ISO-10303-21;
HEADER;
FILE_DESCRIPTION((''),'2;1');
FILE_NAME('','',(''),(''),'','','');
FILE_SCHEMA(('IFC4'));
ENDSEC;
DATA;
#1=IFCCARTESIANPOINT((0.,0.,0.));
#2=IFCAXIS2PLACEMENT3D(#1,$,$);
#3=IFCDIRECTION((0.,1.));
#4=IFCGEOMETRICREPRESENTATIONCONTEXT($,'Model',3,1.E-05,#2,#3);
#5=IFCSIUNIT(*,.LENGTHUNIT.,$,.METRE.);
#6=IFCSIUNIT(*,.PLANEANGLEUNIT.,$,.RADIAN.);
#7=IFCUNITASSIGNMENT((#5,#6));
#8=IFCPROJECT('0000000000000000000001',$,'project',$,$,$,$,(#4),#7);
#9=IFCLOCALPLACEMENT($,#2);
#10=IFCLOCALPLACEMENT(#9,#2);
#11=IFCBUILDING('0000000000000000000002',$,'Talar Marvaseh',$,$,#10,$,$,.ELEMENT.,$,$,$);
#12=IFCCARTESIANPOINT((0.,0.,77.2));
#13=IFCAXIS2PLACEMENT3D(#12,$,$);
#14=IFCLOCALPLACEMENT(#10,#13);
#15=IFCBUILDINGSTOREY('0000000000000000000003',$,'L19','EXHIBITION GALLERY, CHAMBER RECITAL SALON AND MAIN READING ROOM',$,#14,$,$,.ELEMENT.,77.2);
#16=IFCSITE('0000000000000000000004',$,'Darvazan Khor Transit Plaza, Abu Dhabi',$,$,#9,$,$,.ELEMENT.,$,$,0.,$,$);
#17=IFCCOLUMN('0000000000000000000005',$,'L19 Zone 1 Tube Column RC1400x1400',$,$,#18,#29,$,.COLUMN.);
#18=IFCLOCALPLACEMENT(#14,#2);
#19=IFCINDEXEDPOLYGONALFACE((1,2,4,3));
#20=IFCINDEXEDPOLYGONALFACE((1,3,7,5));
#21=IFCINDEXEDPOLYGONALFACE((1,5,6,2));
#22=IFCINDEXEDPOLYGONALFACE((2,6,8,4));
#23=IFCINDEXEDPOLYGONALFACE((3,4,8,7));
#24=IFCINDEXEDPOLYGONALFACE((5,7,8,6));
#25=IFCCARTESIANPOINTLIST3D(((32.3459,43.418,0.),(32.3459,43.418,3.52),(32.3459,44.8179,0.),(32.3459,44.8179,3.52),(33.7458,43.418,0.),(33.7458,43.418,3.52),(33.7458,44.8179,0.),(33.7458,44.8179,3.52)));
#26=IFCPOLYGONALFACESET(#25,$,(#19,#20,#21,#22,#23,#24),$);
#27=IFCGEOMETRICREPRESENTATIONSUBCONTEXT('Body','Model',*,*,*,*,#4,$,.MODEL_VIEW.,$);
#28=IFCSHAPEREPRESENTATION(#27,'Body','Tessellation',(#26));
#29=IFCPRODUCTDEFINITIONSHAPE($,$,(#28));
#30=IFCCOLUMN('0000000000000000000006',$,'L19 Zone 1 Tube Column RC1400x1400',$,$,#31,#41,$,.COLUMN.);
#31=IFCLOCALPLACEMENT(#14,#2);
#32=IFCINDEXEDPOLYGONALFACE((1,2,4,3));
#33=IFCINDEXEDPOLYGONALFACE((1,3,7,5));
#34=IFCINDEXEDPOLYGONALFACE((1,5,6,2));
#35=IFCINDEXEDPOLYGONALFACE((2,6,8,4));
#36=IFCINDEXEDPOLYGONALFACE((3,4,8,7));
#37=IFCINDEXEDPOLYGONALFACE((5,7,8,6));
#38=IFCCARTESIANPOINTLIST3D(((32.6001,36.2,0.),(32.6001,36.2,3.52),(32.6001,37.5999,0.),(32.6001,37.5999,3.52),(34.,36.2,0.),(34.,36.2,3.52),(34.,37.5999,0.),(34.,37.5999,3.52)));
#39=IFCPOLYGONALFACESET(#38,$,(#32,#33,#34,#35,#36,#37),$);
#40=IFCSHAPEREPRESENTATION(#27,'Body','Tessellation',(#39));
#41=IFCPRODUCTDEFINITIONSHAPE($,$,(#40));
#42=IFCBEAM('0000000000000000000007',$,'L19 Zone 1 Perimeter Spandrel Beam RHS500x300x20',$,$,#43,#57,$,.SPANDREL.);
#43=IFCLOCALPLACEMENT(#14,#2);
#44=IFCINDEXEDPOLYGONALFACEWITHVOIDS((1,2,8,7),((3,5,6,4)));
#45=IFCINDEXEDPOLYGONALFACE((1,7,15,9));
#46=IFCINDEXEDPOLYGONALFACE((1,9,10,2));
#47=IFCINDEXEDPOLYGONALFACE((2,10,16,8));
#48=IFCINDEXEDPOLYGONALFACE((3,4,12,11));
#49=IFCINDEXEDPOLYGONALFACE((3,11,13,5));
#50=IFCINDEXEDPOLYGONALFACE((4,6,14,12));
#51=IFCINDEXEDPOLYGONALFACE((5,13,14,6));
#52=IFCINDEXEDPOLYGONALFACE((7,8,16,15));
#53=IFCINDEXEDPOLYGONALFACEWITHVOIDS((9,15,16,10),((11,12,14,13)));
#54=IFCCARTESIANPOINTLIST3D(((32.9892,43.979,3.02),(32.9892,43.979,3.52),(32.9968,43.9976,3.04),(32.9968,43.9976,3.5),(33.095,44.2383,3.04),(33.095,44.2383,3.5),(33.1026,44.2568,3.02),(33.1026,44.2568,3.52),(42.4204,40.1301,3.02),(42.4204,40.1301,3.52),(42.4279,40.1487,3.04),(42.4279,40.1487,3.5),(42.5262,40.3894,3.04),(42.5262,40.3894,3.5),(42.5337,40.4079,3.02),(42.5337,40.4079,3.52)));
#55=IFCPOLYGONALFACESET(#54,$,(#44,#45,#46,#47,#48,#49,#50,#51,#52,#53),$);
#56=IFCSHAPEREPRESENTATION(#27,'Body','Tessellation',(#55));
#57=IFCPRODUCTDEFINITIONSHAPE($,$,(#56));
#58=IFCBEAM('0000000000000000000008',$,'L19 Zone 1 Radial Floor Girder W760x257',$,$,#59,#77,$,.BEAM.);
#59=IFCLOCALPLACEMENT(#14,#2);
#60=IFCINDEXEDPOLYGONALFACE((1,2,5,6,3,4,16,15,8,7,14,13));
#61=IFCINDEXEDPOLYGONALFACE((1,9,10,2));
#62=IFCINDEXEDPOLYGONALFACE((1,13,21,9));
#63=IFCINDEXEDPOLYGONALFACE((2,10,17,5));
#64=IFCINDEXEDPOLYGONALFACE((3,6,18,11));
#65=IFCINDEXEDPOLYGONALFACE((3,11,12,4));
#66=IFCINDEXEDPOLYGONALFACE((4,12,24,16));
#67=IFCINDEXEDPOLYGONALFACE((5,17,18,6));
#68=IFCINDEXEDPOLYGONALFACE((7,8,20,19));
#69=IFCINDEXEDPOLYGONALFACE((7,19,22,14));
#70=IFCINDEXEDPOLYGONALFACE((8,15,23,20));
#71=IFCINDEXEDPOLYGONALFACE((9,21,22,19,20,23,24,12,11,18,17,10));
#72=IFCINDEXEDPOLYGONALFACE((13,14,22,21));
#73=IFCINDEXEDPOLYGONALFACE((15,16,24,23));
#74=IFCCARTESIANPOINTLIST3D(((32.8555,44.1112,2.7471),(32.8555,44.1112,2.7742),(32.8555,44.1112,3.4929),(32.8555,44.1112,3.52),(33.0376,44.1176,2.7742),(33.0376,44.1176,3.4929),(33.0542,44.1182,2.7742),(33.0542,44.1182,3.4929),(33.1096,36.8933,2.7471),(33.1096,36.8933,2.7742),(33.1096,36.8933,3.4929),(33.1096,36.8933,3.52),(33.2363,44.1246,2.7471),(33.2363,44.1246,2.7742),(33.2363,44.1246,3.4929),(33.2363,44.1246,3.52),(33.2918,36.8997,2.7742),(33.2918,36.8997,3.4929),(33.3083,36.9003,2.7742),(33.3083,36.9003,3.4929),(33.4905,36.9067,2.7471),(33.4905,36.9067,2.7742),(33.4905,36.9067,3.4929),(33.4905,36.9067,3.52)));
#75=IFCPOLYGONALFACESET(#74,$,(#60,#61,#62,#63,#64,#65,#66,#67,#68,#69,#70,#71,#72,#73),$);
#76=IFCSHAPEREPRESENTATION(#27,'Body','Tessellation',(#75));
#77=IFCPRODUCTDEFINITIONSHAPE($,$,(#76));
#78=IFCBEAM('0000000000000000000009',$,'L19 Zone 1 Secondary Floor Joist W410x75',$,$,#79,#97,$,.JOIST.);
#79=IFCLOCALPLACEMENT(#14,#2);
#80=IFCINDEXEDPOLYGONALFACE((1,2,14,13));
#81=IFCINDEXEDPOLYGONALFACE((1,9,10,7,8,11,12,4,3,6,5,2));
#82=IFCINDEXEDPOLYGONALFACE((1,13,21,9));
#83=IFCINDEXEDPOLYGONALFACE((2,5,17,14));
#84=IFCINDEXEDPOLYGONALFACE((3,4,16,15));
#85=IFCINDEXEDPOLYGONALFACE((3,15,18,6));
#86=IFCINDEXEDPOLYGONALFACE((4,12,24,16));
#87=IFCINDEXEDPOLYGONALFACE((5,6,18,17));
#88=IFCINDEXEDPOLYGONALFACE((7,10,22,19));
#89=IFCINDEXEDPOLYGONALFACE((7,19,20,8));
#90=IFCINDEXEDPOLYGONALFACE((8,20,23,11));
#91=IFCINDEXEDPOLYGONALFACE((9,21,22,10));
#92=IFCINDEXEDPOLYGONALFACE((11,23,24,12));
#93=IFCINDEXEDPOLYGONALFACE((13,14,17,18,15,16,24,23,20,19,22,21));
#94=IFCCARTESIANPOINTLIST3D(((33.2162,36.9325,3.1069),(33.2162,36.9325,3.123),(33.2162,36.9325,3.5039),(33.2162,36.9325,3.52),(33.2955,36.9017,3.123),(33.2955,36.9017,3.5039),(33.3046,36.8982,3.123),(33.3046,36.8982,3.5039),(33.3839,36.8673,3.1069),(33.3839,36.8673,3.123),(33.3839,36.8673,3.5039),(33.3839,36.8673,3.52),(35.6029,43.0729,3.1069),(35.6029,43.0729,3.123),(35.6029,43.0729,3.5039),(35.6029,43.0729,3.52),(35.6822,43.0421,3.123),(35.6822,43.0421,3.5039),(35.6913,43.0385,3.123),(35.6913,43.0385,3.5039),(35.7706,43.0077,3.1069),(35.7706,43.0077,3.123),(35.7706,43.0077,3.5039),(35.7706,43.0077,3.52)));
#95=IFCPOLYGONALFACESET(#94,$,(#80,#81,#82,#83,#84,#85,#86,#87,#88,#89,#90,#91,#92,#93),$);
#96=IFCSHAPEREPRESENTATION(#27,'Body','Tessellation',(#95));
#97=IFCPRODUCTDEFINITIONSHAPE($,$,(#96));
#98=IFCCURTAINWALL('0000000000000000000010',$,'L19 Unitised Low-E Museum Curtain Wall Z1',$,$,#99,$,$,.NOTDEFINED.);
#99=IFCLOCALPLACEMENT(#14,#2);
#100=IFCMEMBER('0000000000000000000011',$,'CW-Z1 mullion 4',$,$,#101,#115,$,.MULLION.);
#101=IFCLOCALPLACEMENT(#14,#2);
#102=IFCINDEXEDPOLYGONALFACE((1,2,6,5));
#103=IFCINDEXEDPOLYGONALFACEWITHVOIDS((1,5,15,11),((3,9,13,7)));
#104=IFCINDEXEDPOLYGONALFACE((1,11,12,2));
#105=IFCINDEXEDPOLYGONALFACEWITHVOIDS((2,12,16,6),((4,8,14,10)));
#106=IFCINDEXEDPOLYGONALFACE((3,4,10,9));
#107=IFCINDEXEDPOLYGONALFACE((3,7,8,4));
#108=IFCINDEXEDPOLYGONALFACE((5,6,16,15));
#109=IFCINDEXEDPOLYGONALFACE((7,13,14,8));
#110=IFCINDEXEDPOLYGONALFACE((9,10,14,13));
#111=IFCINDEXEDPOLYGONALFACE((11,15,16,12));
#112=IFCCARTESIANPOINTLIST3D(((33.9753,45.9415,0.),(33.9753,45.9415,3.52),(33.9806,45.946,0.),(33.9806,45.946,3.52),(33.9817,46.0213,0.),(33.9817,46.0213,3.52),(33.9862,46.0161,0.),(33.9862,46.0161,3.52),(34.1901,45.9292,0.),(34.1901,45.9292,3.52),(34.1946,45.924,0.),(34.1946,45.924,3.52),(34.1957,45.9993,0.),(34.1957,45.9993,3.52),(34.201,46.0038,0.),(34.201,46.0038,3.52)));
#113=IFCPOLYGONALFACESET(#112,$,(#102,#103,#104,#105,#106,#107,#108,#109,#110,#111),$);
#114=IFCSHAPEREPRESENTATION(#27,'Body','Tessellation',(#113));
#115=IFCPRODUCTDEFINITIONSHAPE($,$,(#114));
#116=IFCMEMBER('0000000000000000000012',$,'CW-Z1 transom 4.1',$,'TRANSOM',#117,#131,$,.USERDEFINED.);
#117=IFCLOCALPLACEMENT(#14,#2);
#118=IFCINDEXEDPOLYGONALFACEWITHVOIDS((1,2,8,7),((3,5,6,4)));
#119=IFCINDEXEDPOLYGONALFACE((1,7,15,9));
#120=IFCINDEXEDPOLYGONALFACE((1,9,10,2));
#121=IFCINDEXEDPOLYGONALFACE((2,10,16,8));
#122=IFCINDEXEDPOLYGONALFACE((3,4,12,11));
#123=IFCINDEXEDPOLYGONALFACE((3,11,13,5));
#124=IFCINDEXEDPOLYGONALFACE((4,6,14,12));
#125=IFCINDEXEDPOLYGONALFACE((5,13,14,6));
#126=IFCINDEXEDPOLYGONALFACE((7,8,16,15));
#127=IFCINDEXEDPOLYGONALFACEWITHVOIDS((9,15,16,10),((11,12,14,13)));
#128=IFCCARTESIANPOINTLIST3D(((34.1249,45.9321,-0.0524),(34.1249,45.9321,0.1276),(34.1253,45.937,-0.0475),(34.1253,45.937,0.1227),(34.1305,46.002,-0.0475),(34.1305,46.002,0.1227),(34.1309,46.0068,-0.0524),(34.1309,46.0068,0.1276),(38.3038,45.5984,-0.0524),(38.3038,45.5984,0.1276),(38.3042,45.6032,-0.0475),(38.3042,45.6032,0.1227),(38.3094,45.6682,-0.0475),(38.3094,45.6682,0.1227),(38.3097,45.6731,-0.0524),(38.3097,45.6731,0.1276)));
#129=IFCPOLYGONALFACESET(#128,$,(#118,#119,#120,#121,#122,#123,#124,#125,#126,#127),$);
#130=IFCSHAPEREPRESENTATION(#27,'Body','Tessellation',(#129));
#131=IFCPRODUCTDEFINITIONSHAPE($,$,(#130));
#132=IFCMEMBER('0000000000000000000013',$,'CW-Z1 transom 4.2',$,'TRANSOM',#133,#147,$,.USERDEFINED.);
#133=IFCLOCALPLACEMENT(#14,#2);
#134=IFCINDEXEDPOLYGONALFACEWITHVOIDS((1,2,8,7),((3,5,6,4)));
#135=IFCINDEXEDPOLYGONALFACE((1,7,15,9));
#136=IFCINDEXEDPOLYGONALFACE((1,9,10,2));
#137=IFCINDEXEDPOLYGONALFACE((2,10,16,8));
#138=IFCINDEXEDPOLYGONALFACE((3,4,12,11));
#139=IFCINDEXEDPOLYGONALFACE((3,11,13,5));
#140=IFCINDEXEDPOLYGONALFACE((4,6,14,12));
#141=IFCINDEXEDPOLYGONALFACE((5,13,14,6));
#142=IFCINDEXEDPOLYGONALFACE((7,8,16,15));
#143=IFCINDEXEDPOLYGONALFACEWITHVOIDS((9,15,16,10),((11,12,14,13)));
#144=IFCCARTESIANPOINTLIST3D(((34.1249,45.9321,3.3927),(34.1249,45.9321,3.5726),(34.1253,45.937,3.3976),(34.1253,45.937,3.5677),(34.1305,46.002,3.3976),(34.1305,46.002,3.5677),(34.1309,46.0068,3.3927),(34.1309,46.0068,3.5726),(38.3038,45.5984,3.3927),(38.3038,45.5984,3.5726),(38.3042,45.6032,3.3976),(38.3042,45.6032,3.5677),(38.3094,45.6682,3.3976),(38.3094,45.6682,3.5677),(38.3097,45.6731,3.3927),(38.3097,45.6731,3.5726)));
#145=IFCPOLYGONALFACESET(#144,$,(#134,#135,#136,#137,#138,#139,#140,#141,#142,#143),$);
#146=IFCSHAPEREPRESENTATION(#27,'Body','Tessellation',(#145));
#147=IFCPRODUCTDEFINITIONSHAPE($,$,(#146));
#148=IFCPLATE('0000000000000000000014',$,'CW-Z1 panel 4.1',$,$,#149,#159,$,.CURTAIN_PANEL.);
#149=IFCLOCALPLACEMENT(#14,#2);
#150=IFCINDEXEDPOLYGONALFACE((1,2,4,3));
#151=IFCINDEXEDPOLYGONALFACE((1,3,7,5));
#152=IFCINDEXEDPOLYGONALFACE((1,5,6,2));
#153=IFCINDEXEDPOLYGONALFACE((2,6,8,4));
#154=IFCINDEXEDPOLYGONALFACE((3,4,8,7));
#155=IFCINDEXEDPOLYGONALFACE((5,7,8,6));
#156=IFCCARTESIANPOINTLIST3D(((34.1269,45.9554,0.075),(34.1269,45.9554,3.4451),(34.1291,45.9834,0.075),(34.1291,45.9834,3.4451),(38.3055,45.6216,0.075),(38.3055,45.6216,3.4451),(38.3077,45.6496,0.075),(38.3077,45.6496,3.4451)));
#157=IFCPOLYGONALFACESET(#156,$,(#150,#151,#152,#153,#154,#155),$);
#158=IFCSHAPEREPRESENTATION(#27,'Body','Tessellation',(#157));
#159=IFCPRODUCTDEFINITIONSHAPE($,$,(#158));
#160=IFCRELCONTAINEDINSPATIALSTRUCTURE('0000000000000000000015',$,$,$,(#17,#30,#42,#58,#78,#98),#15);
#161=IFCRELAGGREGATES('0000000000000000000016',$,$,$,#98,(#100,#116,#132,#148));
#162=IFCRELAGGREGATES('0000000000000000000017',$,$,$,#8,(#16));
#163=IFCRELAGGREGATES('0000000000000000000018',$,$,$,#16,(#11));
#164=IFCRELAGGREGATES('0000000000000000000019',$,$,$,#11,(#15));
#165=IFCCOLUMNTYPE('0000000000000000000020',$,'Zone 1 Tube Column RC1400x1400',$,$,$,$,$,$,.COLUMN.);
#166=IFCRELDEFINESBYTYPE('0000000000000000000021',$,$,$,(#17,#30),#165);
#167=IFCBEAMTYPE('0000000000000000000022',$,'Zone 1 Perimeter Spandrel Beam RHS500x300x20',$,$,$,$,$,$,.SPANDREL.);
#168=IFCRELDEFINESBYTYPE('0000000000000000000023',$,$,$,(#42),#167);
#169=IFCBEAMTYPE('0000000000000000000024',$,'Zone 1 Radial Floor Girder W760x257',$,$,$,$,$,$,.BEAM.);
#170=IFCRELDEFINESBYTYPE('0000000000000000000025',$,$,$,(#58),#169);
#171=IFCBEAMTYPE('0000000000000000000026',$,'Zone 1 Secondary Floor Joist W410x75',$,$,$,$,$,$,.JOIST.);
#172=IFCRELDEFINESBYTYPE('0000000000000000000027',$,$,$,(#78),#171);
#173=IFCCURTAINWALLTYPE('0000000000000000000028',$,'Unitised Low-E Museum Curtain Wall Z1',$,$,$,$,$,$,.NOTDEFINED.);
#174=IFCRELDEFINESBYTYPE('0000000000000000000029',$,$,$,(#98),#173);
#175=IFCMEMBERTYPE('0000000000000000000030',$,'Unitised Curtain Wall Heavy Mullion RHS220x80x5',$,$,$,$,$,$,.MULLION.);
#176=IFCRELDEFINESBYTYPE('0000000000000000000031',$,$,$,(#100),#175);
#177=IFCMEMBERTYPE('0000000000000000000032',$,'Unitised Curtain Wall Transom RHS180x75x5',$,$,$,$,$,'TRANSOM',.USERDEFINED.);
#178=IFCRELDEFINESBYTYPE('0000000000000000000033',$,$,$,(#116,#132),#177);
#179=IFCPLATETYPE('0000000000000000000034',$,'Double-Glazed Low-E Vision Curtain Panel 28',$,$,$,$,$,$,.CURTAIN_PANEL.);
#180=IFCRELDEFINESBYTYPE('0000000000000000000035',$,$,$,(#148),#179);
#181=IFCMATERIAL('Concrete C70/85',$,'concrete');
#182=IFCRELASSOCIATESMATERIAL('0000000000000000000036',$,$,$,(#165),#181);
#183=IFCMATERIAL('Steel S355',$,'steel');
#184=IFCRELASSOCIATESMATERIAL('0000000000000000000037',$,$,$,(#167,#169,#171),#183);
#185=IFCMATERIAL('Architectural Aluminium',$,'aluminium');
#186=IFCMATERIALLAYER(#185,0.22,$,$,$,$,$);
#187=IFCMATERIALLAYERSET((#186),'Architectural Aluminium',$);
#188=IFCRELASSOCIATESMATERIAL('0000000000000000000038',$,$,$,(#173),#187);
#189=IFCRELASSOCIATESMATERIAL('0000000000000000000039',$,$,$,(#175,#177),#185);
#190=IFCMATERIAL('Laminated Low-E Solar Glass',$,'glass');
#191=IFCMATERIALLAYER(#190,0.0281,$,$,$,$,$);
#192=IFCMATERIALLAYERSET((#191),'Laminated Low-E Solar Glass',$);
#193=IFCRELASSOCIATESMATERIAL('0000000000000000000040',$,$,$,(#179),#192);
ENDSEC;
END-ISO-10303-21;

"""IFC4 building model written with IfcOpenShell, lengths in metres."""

from ifc_helpers import new_model, si_unit, direction, frame, origin, origin_2d, place, context, subcontext, project, spatial, rectangle, hollow_rectangle, i_section, extrude, source, transform, mapped, material, layer, layer_set, material_profile, profile_set, type_object, type_shapes, element, aggregate, save


model = new_model("IFC4")

# Units and contexts
model_context = context("Model", 3, precision=1e-05, world=origin(), true_north=direction((0.0, 1.0)))
body_context = subcontext(model_context, "Body", "Model", "MODEL_VIEW")
ifc_project = project(units=[si_unit("LENGTHUNIT", "METRE"), si_unit("PLANEANGLEUNIT", "RADIAN")], contexts=[model_context])

# Site, building, storey
site_placement = place(None, origin())
site = spatial("IfcSite", under=ifc_project, at=site_placement, Name="Darvazan Khor Transit Plaza, Abu Dhabi", CompositionType="ELEMENT", RefElevation=0.0)
building_placement = place(site_placement, origin())
building = spatial("IfcBuilding", under=site, at=building_placement, Name="Talar Marvaseh", CompositionType="ELEMENT")
storey_placement = place(building_placement, frame((0.0, 0.0, 77.2)))
storey = spatial("IfcBuildingStorey", under=building, at=storey_placement, Name="L19", Description="EXHIBITION GALLERY, CHAMBER RECITAL SALON AND MAIN READING ROOM", CompositionType="ELEMENT", Elevation=77.2)

# Columns
ifc_material_1 = material(Name="Concrete C70/85", Category="concrete")
ifc_material_profile_1 = material_profile(ifc_material_1, rectangle(XDim=1.3999, YDim=1.3999, at=origin_2d()), Name="RC1400x1400")
ifc_profile_set_1 = profile_set([ifc_material_profile_1], Name="Concrete C70/85")
column_type = type_object("IfcColumnType", Name="Zone 1 Tube Column RC1400x1400", PredefinedType="COLUMN", material=ifc_profile_set_1)
for number, where, z_axis, x_axis, name in (
    (1, (33.0459, 44.1179, 0.0), (0.0, 0.0, 1.0), (1.0, 0.0, 0.0), "L19 Zone 1 Tube Column RC1400x1400"),
    (2, (33.3, 36.8999, 0.0), (0.0, 0.0, 1.0), (1.0, 0.0, 0.0), "L19 Zone 1 Tube Column RC1400x1400"),
):
    element("IfcColumn", number, at=place(storey_placement, frame(where, z_axis=z_axis, x_axis=x_axis)), inside=storey, type_object=column_type, Name=name, PredefinedType="COLUMN", context=body_context, shape_type="SweptSolid", body=[
        extrude(rectangle(XDim=1.3999, YDim=1.3999, at=origin_2d()), origin(), (0.0, 0.0, 1.0), 3.52),
    ])

# Beams
ifc_material_2 = material(Name="Steel S355", Category="steel")
ifc_material_profile_2 = material_profile(ifc_material_2, hollow_rectangle(XDim=0.3, YDim=0.5, WallThickness=0.02, at=origin_2d()), Name="RHS500x300x20")
ifc_profile_set_2 = profile_set([ifc_material_profile_2], Name="Steel S355")
beam_type_1 = type_object("IfcBeamType", Name="Zone 1 Perimeter Spandrel Beam RHS500x300x20", PredefinedType="SPANDREL", material=ifc_profile_set_2)
beam_1_placement = place(storey_placement, frame((33.0459, 44.1179, 3.27), z_axis=(0.925867, -0.377849, 0.0), x_axis=(0.377849, 0.925867, 0.0)))
element("IfcBeam", 3, at=beam_1_placement, inside=storey, type_object=beam_type_1, Name="L19 Zone 1 Perimeter Spandrel Beam RHS500x300x20", PredefinedType="SPANDREL", context=body_context, shape_type="SweptSolid", body=[
    extrude(hollow_rectangle(XDim=0.3, YDim=0.5, WallThickness=0.02, at=origin_2d()), origin(), (0.0, 0.0, 1.0), 10.1863),
])
ifc_material_profile_3 = material_profile(ifc_material_2, i_section(OverallWidth=0.3811, OverallDepth=0.7729, WebThickness=0.0166, FlangeThickness=0.0271, at=origin_2d()), Name="W760x257")
ifc_profile_set_3 = profile_set([ifc_material_profile_3], Name="Steel S355")
beam_type_2 = type_object("IfcBeamType", Name="Zone 1 Radial Floor Girder W760x257", PredefinedType="BEAM", material=ifc_profile_set_3)
beam_2_placement = place(storey_placement, frame((33.0459, 44.1179, 3.1335), z_axis=(0.035189, -0.999381, 0.0), x_axis=(0.999381, 0.035189, 0.0)))
element("IfcBeam", 4, at=beam_2_placement, inside=storey, type_object=beam_type_2, Name="L19 Zone 1 Radial Floor Girder W760x257", PredefinedType="BEAM", context=body_context, shape_type="SweptSolid", body=[
    extrude(i_section(OverallWidth=0.3811, OverallDepth=0.7729, WebThickness=0.0166, FlangeThickness=0.0271, at=origin_2d()), origin(), (0.0, 0.0, 1.0), 7.2224),
])
ifc_material_profile_4 = material_profile(ifc_material_2, i_section(OverallWidth=0.1799, OverallDepth=0.4131, WebThickness=0.0098, FlangeThickness=0.0161, at=origin_2d()), Name="W410x75")
ifc_profile_set_4 = profile_set([ifc_material_profile_4], Name="Steel S355")
beam_type_3 = type_object("IfcBeamType", Name="Zone 1 Secondary Floor Joist W410x75", PredefinedType="JOIST", material=ifc_profile_set_4)
beam_3_placement = place(storey_placement, frame((35.6868, 43.0403, 3.3135), z_axis=(-0.362287, -0.932067, 0.0), x_axis=(0.932067, -0.362287, 0.0)))
element("IfcBeam", 5, at=beam_3_placement, inside=storey, type_object=beam_type_3, Name="L19 Zone 1 Secondary Floor Joist W410x75", PredefinedType="JOIST", context=body_context, shape_type="SweptSolid", body=[
    extrude(i_section(OverallWidth=0.1799, OverallDepth=0.4131, WebThickness=0.0098, FlangeThickness=0.0161, at=origin_2d()), origin(), (0.0, 0.0, 1.0), 6.5879),
])

# Curtain wall, members, plate
ifc_material_3 = material(Name="Architectural Aluminium", Category="aluminium")
ifc_layer_1 = layer(ifc_material_3, 0.22)
ifc_layer_set_1 = layer_set([ifc_layer_1], Name="Architectural Aluminium")
curtain_wall_type = type_object("IfcCurtainWallType", Name="Unitised Low-E Museum Curtain Wall Z1", PredefinedType="NOTDEFINED", material=ifc_layer_set_1)
curtain_wall_placement = place(storey_placement, origin())
curtain_wall = element("IfcCurtainWall", 6, at=curtain_wall_placement, inside=storey, type_object=curtain_wall_type, Name="L19 Unitised Low-E Museum Curtain Wall Z1", PredefinedType="NOTDEFINED")
ifc_material_profile_5 = material_profile(ifc_material_3, hollow_rectangle(XDim=0.0801, YDim=0.22, WallThickness=0.0049, at=origin_2d()), Name="RHS220x80x5")
ifc_profile_set_5 = profile_set([ifc_material_profile_5], Name="Architectural Aluminium")
member_type_1 = type_object("IfcMemberType", Name="Unitised Curtain Wall Heavy Mullion RHS220x80x5", PredefinedType="MULLION", material=ifc_profile_set_5)
shared_shape_1 = source(origin(), body_context, "Body", "SweptSolid", [
    extrude(hollow_rectangle(XDim=0.0801, YDim=0.22, WallThickness=0.0049, at=origin_2d()), origin(), (0.0, 0.0, 1.0), 3.52),
])
type_shapes(member_type_1, [shared_shape_1])
member_1_placement = place(storey_placement, frame((34.0881, 45.9727, 0.0), z_axis=(0.0, 0.0, 1.0), x_axis=(0.07964, 0.996824, 0.0)))
member_1 = element("IfcMember", 7, at=member_1_placement, type_object=member_type_1, Name="CW-Z1 mullion 4", PredefinedType="MULLION", context=body_context, shape_type="MappedRepresentation", body=[
    mapped(shared_shape_1, transform((0.0, 0.0, 0.0), x_axis=(1.0, 0.0, 0.0), y_axis=(0.0, 1.0, 0.0), z_axis=(0.0, 0.0, 1.0), scale=1.0)),
])
ifc_material_profile_6 = material_profile(ifc_material_3, hollow_rectangle(XDim=0.075, YDim=0.1799, WallThickness=0.0049, at=origin_2d()), Name="RHS180x75x5")
ifc_profile_set_6 = profile_set([ifc_material_profile_6], Name="Architectural Aluminium")
member_type_2 = type_object("IfcMemberType", Name="Unitised Curtain Wall Transom RHS180x75x5", ElementType="TRANSOM", PredefinedType="USERDEFINED", material=ifc_profile_set_6)
shared_shape_2 = source(origin(), body_context, "Body", "SweptSolid", [
    extrude(hollow_rectangle(XDim=0.075, YDim=0.1799, WallThickness=0.0049, at=origin_2d()), origin(), (0.0, 0.0, 1.0), 4.1921),
])
type_shapes(member_type_2, [shared_shape_2])
member_2_placement = place(storey_placement, frame((34.1279, 45.9695, 0.0376), z_axis=(0.996826, -0.079613, 0.0), x_axis=(0.079613, 0.996826, 0.0)))
member_2 = element("IfcMember", 8, at=member_2_placement, type_object=member_type_2, Name="CW-Z1 transom 4.1", ObjectType="TRANSOM", PredefinedType="USERDEFINED", context=body_context, shape_type="MappedRepresentation", body=[
    mapped(shared_shape_2, transform((0.0, 0.0, 0.0), x_axis=(1.0, 0.0, 0.0), y_axis=(0.0, 1.0, 0.0), z_axis=(0.0, 0.0, 1.0), scale=1.0)),
])
member_3_placement = place(storey_placement, frame((34.1279, 45.9695, 3.4827), z_axis=(0.996826, -0.079613, 0.0), x_axis=(0.079613, 0.996826, 0.0)))
member_3 = element("IfcMember", 9, at=member_3_placement, type_object=member_type_2, Name="CW-Z1 transom 4.2", ObjectType="TRANSOM", PredefinedType="USERDEFINED", context=body_context, shape_type="MappedRepresentation", body=[
    mapped(shared_shape_2, transform((0.0, 0.0, 0.0), x_axis=(1.0, 0.0, 0.0), y_axis=(0.0, 1.0, 0.0), z_axis=(0.0, 0.0, 1.0), scale=1.0)),
])
ifc_material_4 = material(Name="Laminated Low-E Solar Glass", Category="glass")
ifc_layer_2 = layer(ifc_material_4, 0.0281)
ifc_layer_set_2 = layer_set([ifc_layer_2], Name="Laminated Low-E Solar Glass")
plate_type = type_object("IfcPlateType", Name="Double-Glazed Low-E Vision Curtain Panel 28", PredefinedType="CURTAIN_PANEL", material=ifc_layer_set_2)
shared_shape_3 = source(origin(), body_context, "Body", "SweptSolid", [
    extrude(rectangle(XDim=4.1919, YDim=0.0281, at=origin_2d()), origin(), (0.0, 0.0, 1.0), 3.3701),
])
type_shapes(plate_type, [shared_shape_3])
plate_placement = place(storey_placement, frame((36.2173, 45.8025, 0.075), z_axis=(0.0, 0.0, 1.0), x_axis=(0.996824, -0.07964, 0.0)))
plate = element("IfcPlate", 10, at=plate_placement, type_object=plate_type, Name="CW-Z1 panel 4.1", PredefinedType="CURTAIN_PANEL", context=body_context, shape_type="MappedRepresentation", body=[
    mapped(shared_shape_3, transform((0.0, 0.0, 0.0), x_axis=(1.0, 0.0, 0.0), y_axis=(0.0, 1.0, 0.0), z_axis=(0.0, 0.0, 1.0), scale=1.0)),
])
aggregate(curtain_wall, [member_1, member_2, member_3, plate])

save(model, "model.ifc")
